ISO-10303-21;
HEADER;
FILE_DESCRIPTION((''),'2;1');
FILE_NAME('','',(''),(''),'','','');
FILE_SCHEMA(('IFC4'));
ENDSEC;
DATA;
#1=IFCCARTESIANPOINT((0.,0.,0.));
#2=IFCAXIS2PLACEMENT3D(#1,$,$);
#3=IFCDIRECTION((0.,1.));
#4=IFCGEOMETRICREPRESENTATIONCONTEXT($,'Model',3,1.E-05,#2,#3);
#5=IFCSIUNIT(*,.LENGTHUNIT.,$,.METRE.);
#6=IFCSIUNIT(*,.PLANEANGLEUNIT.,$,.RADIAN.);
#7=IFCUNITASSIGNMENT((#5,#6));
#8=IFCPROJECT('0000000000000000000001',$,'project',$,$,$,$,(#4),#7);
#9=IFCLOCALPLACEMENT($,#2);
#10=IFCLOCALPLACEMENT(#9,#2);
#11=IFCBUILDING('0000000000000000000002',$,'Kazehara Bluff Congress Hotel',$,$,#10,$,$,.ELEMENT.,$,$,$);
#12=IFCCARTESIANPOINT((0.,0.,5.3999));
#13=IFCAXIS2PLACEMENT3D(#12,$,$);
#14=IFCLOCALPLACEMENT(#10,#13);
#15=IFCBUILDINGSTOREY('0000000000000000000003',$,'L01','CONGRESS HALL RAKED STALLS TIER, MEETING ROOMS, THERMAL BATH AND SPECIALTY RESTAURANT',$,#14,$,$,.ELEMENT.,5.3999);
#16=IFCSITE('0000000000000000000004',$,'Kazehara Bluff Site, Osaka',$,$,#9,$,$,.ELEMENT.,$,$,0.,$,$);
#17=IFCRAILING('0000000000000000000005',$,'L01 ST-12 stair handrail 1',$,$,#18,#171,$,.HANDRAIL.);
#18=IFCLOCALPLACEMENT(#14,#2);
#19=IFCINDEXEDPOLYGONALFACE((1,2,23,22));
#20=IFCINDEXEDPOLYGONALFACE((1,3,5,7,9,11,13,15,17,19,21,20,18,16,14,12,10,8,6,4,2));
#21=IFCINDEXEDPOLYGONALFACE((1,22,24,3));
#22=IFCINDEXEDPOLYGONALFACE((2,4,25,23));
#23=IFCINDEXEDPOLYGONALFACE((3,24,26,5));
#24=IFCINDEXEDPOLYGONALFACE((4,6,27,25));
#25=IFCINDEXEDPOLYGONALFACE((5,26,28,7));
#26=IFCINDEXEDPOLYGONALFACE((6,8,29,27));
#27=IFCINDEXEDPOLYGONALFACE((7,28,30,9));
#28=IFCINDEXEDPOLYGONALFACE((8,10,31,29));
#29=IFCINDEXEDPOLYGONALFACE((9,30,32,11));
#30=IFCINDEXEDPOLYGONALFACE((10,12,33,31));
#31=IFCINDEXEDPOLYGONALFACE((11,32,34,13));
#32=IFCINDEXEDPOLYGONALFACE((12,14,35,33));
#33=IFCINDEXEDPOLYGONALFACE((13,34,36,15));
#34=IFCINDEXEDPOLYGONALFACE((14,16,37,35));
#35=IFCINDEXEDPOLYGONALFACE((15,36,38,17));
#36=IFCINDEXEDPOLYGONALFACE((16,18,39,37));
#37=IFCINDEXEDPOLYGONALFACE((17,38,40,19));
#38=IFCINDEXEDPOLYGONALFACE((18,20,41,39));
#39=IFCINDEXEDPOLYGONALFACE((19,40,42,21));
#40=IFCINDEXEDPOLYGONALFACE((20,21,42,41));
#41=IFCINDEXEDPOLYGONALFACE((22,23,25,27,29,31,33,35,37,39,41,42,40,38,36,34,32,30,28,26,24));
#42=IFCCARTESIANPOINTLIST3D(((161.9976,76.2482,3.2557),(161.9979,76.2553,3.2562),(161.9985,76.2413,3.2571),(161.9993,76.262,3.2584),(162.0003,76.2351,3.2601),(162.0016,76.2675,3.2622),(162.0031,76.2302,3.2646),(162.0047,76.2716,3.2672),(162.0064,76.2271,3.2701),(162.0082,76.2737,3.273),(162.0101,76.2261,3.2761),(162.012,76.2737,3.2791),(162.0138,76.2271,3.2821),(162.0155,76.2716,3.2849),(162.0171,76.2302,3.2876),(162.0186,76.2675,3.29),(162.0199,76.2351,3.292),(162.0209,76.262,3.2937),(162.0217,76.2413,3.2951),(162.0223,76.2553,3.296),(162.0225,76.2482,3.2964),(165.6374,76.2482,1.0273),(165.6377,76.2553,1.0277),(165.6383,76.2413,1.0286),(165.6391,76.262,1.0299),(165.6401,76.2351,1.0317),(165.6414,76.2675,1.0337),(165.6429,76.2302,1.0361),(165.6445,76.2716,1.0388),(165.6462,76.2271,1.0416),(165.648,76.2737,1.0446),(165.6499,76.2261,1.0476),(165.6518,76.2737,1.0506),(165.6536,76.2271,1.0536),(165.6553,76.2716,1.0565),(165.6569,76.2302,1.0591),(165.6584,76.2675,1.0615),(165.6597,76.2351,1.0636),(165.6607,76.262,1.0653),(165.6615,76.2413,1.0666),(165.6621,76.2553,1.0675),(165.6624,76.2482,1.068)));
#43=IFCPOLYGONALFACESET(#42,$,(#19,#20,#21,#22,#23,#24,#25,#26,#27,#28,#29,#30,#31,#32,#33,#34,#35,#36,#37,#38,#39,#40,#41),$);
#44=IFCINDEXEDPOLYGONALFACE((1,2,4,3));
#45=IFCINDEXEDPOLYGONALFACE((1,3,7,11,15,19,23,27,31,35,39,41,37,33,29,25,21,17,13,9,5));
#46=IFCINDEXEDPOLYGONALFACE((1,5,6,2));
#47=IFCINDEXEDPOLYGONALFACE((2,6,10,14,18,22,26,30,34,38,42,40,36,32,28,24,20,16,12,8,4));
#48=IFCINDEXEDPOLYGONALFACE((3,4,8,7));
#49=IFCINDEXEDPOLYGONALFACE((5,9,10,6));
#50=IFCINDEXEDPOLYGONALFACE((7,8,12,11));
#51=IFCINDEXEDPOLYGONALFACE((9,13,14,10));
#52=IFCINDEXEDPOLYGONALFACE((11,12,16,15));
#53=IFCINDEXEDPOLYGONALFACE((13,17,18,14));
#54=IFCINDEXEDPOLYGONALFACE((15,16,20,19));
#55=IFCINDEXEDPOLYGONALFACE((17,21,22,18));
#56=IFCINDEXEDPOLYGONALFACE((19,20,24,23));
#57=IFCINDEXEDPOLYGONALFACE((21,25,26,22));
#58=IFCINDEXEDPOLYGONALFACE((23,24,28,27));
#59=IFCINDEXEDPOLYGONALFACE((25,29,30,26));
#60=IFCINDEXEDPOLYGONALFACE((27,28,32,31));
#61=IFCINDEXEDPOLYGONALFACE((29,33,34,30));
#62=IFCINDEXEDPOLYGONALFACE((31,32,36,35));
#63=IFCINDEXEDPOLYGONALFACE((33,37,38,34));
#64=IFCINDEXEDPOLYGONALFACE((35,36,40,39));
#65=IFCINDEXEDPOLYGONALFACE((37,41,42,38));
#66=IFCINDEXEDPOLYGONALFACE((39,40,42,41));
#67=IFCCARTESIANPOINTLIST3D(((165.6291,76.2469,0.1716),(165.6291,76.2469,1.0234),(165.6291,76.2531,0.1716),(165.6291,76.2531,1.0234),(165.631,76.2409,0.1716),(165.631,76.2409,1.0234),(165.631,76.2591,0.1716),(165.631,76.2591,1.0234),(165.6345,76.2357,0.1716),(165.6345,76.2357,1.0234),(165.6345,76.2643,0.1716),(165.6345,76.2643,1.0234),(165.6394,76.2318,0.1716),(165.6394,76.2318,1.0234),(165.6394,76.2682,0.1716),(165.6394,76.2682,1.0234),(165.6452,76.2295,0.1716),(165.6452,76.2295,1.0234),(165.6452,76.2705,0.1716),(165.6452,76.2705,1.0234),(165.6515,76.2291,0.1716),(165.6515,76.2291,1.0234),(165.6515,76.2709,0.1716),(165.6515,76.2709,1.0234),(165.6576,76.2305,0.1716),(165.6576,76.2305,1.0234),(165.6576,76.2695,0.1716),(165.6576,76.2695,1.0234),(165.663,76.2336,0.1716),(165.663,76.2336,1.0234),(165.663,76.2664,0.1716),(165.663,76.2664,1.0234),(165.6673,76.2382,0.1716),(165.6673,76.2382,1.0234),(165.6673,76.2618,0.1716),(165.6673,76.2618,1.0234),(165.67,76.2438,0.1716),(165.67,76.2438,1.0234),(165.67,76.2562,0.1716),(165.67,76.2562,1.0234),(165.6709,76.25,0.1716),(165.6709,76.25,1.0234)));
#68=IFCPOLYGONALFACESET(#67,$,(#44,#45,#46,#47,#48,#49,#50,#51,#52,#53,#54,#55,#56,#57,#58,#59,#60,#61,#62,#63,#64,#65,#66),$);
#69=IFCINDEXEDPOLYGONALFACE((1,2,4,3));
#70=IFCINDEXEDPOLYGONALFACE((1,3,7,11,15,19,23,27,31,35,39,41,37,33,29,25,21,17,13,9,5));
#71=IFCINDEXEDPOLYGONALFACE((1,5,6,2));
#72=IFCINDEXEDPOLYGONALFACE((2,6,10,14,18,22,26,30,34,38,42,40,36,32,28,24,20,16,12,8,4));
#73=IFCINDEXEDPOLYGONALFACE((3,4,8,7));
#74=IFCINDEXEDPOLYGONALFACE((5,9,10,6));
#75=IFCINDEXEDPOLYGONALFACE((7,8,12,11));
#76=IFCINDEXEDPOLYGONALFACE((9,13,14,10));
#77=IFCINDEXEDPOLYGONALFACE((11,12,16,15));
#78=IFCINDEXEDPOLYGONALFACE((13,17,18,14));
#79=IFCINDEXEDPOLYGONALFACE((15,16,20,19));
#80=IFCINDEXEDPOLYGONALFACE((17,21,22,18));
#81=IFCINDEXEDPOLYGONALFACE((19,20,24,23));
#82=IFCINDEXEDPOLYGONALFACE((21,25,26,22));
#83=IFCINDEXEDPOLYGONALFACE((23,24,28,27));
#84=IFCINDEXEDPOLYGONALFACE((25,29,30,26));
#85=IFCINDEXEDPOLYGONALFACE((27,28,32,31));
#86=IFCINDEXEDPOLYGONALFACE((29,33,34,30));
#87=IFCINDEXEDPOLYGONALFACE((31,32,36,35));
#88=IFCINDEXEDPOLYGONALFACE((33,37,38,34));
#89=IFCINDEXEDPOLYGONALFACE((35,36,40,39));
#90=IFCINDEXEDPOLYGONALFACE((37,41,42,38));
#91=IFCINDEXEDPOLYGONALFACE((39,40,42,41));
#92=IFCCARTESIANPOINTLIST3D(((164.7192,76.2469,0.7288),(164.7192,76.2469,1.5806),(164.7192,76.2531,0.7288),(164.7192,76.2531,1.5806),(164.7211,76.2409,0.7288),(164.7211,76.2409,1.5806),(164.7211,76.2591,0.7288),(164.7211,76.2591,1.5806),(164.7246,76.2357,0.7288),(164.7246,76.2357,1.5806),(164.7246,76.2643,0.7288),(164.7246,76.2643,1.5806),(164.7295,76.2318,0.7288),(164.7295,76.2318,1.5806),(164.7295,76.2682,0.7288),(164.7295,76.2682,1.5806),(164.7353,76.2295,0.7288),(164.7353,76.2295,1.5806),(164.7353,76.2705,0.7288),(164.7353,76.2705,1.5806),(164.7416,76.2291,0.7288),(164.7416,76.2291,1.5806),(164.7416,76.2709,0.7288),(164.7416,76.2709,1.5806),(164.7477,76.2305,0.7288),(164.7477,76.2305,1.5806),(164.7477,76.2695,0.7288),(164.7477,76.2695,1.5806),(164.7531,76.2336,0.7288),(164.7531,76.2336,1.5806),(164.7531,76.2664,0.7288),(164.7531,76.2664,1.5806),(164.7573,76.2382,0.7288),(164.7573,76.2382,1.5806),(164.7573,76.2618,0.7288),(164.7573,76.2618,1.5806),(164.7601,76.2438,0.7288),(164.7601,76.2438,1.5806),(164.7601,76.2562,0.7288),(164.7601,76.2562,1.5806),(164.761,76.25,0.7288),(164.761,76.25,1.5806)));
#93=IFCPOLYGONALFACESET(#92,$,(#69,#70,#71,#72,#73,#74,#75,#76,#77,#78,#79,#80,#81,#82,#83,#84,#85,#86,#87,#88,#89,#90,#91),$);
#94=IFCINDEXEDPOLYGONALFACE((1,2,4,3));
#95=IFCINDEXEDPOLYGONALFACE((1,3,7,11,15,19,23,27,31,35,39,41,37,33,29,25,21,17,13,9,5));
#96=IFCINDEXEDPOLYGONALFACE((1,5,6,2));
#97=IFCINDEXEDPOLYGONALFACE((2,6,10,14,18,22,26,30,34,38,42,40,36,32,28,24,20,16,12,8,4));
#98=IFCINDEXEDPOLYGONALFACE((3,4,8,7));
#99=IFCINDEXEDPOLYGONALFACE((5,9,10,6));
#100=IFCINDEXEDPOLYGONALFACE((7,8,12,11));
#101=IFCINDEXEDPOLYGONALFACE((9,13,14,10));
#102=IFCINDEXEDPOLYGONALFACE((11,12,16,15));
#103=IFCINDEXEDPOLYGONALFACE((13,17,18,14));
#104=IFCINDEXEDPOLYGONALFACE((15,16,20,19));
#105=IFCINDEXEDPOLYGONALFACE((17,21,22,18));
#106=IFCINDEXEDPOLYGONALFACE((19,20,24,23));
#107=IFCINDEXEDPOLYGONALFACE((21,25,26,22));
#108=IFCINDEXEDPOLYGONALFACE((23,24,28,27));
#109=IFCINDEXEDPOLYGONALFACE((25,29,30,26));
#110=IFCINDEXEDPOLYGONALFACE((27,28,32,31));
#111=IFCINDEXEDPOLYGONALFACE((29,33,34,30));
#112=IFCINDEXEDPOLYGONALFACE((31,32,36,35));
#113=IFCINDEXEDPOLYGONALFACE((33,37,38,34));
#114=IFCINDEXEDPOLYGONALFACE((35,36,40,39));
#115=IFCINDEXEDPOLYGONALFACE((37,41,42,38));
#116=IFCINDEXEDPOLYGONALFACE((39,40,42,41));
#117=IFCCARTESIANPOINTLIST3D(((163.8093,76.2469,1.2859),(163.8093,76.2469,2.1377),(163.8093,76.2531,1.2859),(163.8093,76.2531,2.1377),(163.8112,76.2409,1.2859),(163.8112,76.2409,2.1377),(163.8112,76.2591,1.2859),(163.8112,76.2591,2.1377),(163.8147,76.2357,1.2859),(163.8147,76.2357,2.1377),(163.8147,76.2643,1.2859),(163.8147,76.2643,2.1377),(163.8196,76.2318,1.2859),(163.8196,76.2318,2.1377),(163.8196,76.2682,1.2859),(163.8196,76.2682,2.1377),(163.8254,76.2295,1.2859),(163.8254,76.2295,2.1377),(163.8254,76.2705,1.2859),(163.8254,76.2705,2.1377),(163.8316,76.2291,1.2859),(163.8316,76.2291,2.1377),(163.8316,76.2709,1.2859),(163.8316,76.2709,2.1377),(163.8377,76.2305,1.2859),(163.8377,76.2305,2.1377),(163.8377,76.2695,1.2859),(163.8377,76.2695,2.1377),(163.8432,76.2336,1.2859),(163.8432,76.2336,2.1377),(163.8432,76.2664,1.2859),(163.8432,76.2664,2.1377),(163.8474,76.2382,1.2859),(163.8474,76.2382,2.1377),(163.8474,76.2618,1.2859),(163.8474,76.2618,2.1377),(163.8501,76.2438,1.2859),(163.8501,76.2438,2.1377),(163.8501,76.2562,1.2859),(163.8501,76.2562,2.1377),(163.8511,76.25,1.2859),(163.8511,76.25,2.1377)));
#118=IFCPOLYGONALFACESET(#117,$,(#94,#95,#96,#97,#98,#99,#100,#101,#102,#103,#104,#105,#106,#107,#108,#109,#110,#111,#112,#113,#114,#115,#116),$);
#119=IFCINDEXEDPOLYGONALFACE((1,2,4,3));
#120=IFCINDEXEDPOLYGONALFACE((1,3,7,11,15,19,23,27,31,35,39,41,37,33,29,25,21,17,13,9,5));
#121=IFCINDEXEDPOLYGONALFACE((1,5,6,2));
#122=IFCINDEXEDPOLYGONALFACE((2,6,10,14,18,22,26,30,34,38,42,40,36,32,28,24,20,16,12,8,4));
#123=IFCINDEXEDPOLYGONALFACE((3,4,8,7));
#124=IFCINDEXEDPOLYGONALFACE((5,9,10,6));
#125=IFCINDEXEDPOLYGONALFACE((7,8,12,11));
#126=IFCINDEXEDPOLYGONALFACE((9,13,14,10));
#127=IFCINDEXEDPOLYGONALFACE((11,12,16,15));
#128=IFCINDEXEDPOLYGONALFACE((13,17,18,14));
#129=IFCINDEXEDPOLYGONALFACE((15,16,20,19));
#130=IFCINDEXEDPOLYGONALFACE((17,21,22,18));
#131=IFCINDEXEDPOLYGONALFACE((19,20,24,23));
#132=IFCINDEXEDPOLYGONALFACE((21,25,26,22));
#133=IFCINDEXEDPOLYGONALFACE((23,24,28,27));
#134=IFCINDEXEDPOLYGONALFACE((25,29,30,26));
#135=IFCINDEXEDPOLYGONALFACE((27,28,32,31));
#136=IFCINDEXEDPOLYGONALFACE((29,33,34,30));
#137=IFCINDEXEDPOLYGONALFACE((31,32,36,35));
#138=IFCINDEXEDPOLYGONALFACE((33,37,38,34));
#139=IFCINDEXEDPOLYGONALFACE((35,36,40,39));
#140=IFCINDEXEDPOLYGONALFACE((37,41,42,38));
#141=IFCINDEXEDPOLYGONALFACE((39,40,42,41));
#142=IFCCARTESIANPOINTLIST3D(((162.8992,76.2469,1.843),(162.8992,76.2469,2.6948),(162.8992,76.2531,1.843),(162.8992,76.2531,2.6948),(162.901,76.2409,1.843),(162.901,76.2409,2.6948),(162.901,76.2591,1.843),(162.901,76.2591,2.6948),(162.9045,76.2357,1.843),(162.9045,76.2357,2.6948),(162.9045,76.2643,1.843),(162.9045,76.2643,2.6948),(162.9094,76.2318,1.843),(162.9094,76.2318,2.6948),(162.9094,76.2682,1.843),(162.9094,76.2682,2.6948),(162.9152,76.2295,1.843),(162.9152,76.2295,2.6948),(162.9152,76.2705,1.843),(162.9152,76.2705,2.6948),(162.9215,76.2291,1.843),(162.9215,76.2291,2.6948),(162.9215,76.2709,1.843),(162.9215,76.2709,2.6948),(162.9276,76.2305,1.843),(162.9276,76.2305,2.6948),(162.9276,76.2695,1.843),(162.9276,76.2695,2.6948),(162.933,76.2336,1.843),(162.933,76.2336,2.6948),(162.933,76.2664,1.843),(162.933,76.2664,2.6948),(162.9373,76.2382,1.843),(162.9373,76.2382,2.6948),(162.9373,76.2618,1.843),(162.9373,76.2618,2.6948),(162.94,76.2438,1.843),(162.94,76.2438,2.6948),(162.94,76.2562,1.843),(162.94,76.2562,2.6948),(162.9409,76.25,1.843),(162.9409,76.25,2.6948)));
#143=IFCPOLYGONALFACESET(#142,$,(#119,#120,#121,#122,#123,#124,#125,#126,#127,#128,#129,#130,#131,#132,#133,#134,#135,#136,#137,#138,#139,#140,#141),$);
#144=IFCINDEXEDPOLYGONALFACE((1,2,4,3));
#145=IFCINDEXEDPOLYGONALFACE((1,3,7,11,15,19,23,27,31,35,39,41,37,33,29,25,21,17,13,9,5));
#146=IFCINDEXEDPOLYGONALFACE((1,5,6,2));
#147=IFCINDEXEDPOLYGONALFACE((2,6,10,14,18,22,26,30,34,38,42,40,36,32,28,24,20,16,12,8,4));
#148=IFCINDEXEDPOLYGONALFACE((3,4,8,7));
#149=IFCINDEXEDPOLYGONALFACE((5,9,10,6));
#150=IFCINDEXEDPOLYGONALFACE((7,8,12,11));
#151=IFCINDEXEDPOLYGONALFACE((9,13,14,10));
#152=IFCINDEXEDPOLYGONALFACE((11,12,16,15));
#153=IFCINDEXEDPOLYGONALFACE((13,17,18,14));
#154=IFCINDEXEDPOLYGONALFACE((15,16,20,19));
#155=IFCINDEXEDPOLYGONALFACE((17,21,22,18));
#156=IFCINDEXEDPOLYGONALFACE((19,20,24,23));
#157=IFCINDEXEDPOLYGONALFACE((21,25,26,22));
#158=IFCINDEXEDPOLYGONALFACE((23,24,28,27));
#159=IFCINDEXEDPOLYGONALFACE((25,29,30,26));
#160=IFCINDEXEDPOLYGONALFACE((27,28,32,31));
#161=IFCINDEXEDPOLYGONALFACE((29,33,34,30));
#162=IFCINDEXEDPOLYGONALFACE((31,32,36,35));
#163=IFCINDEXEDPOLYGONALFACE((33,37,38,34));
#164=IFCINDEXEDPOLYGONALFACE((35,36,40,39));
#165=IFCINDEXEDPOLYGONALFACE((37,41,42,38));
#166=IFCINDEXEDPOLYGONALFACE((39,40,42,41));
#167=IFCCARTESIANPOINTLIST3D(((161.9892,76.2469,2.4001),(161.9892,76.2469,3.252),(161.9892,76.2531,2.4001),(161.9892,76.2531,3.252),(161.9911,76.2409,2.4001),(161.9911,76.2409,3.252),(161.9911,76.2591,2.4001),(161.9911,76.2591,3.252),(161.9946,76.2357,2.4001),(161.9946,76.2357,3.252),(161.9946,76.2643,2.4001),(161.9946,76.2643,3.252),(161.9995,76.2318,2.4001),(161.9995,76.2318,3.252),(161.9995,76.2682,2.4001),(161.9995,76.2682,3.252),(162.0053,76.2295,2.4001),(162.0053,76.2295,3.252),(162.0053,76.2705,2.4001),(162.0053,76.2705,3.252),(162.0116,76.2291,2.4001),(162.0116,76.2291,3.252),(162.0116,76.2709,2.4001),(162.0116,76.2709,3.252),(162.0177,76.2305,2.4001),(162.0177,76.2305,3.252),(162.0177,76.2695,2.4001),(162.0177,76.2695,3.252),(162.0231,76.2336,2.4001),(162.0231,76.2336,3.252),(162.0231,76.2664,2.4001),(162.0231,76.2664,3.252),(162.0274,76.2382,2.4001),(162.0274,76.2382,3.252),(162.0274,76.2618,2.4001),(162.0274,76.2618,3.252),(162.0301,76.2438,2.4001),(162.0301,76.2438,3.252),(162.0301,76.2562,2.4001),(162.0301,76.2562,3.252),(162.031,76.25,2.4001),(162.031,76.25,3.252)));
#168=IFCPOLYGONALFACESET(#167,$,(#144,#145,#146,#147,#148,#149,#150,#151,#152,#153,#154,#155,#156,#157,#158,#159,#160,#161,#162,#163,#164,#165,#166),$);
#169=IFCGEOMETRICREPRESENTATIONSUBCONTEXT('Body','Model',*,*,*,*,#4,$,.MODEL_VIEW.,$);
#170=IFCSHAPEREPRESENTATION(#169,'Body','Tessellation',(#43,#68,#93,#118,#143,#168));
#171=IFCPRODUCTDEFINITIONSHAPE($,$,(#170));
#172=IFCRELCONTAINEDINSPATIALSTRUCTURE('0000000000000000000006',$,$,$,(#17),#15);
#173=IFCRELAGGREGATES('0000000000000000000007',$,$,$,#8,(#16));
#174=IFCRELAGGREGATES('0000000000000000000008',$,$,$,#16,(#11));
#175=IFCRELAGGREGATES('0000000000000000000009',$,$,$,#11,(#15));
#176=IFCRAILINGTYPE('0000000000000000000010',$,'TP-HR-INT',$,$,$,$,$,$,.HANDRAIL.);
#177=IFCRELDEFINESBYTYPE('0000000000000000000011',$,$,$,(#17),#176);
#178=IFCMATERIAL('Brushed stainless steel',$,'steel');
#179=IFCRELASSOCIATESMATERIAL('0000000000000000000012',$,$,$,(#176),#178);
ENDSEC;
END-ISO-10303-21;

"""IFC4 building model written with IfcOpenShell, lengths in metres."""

from ifc_helpers import new_model, si_unit, direction, frame, origin, origin_2d, place, context, subcontext, project, spatial, circle, extrude, material, type_object, element, save


model = new_model("IFC4")

# Units and contexts
model_context = context("Model", 3, precision=1e-05, world=origin(), true_north=direction((0.0, 1.0)))
body_context = subcontext(model_context, "Body", "Model", "MODEL_VIEW")
ifc_project = project(units=[si_unit("LENGTHUNIT", "METRE"), si_unit("PLANEANGLEUNIT", "RADIAN")], contexts=[model_context])

# Site, building, storey
site_placement = place(None, origin())
site = spatial("IfcSite", under=ifc_project, at=site_placement, Name="Kazehara Bluff Site, Osaka", CompositionType="ELEMENT", RefElevation=0.0)
building_placement = place(site_placement, origin())
building = spatial("IfcBuilding", under=site, at=building_placement, Name="Kazehara Bluff Congress Hotel", CompositionType="ELEMENT")
storey_placement = place(building_placement, frame((0.0, 0.0, 5.3999)))
storey = spatial("IfcBuildingStorey", under=building, at=storey_placement, Name="L01", Description="CONGRESS HALL RAKED STALLS TIER, MEETING ROOMS, THERMAL BATH AND SPECIALTY RESTAURANT", CompositionType="ELEMENT", Elevation=5.3999)

# Railing
ifc_material_1 = material(Name="Brushed stainless steel", Category="steel")
railing_type_1 = type_object("IfcRailingType", Name="TP-HR-INT", PredefinedType="HANDRAIL", material=ifc_material_1)
railing_1_placement = place(storey_placement, frame((165.6499, 76.25, 0.1716)))
element("IfcRailing", 1, at=railing_1_placement, inside=storey, type_object=railing_type_1, Name="L01 ST-12 stair handrail 1", PredefinedType="HANDRAIL", context=body_context, shape_type="SweptSolid", body=[
    extrude(circle(Radius=0.0239, at=origin_2d()), frame((0.0, 0.0, 0.876), z_axis=(-0.85285, 0.0, 0.522156), x_axis=(0.0, -1.0, 0.0)), (0.0, 0.0, 1.0), 4.2678),
    extrude(circle(Radius=0.021, at=origin_2d()), origin(), (0.0, 0.0, 1.0), 0.8518),
    extrude(circle(Radius=0.021, at=origin_2d()), frame((-0.9099, 0.0, 0.5571)), (0.0, 0.0, 1.0), 0.8518),
    extrude(circle(Radius=0.021, at=origin_2d()), frame((-1.8198, 0.0, 1.1143)), (0.0, 0.0, 1.0), 0.8518),
    extrude(circle(Radius=0.021, at=origin_2d()), frame((-2.73, 0.0, 1.6714)), (0.0, 0.0, 1.0), 0.8518),
    extrude(circle(Radius=0.021, at=origin_2d()), frame((-3.6399, 0.0, 2.2285)), (0.0, 0.0, 1.0), 0.8518),
])

save(model, "model.ifc")
